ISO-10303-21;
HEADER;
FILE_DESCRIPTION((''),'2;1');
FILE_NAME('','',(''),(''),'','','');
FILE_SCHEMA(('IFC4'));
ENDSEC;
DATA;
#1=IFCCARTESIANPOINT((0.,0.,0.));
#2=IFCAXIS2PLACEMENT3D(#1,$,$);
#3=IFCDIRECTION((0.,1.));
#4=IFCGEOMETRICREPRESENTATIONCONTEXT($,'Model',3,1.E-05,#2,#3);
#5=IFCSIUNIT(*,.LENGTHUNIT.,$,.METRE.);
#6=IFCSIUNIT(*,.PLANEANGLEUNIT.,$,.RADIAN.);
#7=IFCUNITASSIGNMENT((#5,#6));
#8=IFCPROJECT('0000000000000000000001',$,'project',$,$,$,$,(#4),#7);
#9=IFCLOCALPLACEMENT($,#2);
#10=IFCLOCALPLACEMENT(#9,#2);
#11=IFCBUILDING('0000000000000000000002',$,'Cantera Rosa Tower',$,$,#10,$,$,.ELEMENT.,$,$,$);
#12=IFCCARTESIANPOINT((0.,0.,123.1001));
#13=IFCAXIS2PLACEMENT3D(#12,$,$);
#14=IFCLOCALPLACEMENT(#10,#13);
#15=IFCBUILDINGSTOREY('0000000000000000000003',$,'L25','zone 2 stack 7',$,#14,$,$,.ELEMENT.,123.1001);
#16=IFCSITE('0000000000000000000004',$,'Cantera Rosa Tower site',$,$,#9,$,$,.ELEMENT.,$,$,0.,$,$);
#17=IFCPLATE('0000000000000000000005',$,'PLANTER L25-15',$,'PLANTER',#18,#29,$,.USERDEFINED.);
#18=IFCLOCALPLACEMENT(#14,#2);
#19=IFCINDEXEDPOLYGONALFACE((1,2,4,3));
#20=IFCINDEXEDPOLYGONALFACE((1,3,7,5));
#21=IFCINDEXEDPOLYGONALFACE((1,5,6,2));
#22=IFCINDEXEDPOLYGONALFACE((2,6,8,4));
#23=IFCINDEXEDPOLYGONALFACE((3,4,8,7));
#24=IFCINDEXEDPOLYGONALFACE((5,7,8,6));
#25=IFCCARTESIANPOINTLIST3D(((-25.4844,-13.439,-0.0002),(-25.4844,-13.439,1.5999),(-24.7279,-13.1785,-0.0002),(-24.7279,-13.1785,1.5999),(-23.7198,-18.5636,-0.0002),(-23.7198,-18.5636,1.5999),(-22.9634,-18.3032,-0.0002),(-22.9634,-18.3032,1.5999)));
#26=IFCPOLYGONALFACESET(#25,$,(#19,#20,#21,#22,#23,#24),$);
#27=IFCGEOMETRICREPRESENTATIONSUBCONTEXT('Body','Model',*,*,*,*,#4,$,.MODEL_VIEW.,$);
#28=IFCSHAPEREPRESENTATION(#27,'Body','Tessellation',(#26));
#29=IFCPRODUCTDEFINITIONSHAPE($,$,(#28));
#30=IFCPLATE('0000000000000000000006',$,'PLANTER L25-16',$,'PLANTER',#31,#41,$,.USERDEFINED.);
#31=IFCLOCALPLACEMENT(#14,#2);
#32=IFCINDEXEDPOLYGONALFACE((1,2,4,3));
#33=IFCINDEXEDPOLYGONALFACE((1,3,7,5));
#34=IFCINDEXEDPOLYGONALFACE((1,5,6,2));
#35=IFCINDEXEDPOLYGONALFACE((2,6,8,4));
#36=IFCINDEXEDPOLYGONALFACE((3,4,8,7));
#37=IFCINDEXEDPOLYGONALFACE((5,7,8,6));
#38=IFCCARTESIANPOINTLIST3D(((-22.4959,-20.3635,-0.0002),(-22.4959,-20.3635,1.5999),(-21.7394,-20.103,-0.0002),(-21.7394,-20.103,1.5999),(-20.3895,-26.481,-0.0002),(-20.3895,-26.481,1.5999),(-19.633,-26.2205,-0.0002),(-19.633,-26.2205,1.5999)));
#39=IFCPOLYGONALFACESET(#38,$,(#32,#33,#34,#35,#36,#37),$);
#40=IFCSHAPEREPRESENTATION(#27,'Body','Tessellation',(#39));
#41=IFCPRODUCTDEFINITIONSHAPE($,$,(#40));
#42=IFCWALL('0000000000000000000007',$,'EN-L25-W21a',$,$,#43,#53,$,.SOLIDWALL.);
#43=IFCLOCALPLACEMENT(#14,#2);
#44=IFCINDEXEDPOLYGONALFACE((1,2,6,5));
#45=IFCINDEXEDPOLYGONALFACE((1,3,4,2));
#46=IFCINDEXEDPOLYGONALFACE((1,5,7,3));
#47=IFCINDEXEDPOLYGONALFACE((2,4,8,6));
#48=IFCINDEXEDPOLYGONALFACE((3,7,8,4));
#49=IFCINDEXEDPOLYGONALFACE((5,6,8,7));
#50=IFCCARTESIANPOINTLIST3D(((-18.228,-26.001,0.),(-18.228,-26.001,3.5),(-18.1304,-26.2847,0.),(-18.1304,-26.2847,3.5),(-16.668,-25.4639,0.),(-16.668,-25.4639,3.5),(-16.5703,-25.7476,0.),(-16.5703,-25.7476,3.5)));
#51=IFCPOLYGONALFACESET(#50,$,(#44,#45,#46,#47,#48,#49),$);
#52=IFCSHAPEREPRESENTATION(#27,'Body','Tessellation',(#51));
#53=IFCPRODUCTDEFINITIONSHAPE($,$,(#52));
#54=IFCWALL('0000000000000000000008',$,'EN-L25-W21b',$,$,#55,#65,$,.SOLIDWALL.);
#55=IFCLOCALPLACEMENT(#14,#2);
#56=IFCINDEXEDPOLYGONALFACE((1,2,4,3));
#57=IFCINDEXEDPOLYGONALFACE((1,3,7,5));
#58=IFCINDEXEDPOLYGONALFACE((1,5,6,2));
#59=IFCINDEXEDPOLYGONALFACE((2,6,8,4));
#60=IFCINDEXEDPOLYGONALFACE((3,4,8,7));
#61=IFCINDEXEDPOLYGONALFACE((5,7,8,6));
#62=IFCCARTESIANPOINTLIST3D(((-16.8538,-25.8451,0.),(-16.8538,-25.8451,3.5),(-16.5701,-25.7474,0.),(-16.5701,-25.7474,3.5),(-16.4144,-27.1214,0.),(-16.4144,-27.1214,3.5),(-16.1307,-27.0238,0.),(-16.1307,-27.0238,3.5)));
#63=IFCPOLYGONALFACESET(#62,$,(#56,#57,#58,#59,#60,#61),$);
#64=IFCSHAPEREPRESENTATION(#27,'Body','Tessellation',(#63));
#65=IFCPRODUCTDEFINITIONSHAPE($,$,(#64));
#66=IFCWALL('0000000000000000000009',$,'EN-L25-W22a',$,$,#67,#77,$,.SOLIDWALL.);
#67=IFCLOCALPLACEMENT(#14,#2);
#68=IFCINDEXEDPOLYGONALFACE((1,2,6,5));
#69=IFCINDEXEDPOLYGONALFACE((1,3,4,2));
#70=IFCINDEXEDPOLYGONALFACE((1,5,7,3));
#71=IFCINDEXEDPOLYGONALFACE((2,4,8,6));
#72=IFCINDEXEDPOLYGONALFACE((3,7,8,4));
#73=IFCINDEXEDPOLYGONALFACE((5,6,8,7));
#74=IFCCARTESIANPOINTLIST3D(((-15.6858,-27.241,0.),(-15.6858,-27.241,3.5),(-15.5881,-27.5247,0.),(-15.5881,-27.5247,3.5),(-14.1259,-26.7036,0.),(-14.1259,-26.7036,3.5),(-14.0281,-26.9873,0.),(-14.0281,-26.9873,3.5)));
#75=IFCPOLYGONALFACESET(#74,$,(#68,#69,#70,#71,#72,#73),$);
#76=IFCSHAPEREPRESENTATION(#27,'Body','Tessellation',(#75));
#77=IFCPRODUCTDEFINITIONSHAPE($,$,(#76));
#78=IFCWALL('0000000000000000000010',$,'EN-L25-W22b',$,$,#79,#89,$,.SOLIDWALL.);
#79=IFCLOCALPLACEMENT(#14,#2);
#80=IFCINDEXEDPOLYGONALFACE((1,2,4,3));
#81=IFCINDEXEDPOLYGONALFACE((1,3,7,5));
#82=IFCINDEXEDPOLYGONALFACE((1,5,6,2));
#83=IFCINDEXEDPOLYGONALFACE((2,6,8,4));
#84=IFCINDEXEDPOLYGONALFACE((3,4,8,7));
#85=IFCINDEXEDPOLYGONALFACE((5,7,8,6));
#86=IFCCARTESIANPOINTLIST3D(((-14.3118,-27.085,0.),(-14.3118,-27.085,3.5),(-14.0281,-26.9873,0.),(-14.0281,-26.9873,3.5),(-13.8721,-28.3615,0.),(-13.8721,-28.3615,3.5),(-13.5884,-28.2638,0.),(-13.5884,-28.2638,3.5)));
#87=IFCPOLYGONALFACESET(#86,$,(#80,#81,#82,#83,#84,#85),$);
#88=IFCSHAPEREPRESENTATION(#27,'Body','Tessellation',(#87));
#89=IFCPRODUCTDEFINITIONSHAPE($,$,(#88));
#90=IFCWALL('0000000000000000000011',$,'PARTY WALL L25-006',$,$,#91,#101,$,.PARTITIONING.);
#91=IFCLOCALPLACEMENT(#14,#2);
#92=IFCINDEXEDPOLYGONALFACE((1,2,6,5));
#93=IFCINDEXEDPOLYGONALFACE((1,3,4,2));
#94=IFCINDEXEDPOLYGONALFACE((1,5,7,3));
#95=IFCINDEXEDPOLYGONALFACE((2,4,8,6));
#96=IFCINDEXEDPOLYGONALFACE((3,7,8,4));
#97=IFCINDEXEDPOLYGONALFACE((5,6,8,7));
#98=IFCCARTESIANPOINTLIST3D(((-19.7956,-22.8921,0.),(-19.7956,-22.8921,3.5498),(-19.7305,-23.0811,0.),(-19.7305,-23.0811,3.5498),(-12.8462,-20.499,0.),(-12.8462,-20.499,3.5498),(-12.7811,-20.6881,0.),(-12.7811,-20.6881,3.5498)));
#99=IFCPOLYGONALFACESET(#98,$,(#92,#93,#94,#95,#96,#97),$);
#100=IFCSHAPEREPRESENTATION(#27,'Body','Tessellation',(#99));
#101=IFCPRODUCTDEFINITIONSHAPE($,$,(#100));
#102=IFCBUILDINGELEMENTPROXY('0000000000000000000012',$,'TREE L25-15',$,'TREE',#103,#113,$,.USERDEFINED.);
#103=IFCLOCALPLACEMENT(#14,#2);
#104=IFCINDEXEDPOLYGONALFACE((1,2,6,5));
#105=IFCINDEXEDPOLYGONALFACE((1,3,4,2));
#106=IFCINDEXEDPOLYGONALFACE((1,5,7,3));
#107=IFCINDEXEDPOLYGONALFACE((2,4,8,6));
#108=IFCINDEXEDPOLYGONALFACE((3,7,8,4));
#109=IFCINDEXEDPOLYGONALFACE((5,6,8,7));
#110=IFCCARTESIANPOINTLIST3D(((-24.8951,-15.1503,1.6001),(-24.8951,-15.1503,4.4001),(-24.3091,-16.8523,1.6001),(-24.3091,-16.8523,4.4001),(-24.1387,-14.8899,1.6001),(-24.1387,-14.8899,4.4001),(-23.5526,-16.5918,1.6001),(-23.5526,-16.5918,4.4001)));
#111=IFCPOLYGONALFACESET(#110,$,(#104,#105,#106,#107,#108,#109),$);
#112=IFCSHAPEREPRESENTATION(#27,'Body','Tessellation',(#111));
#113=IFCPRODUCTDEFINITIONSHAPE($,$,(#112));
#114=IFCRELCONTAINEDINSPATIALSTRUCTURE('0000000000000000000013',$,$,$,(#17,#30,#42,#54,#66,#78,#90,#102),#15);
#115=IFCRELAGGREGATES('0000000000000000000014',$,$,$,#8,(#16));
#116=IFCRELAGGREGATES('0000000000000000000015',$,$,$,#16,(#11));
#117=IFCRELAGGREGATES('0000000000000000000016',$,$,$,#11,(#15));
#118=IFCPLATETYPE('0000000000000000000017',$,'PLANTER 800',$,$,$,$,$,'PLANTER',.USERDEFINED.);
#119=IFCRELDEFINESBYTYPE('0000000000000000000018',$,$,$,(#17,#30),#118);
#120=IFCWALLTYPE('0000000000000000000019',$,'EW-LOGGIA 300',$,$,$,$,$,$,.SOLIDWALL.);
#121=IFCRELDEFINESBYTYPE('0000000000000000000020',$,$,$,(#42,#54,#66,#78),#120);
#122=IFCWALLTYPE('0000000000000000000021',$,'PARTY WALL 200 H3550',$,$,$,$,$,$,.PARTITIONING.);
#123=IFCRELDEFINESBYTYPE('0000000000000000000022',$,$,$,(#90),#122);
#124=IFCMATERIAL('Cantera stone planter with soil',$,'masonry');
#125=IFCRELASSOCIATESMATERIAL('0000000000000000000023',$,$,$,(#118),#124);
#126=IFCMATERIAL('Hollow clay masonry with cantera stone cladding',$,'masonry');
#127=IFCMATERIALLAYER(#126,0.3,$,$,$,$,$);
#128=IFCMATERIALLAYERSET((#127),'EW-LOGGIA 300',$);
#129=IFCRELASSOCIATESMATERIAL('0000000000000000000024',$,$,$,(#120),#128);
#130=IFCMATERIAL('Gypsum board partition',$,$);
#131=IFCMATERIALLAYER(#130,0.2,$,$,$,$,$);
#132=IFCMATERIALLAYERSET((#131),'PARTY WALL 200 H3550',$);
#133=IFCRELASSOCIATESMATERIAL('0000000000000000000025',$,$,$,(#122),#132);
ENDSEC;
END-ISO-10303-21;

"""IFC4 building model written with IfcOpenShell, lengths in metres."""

from ifc_helpers import new_model, si_unit, direction, frame, frame_2d, origin, origin_2d, place, context, subcontext, project, spatial, rectangle, extrude, material, layer, layer_set, type_object, element, save


model = new_model("IFC4")

# Units and contexts
model_context = context("Model", 3, precision=1e-05, world=origin(), true_north=direction((0.0, 1.0)))
body_context = subcontext(model_context, "Body", "Model", "MODEL_VIEW")
ifc_project = project(units=[si_unit("LENGTHUNIT", "METRE"), si_unit("PLANEANGLEUNIT", "RADIAN")], contexts=[model_context])

# Site, building, storey
site_placement = place(None, origin())
site = spatial("IfcSite", under=ifc_project, at=site_placement, Name="Cantera Rosa Tower site", CompositionType="ELEMENT", RefElevation=0.0)
building_placement = place(site_placement, origin())
building = spatial("IfcBuilding", under=site, at=building_placement, Name="Cantera Rosa Tower", CompositionType="ELEMENT")
storey_placement = place(building_placement, frame((0.0, 0.0, 123.1001)))
storey = spatial("IfcBuildingStorey", under=building, at=storey_placement, Name="L25", Description="zone 2 stack 7", CompositionType="ELEMENT", Elevation=123.1001)

# Plates
ifc_material_1 = material(Name="Cantera stone planter with soil", Category="masonry")
plate_type = type_object("IfcPlateType", Name="PLANTER 800", ElementType="PLANTER", PredefinedType="USERDEFINED", material=ifc_material_1)
plate_1_placement = place(storey_placement, frame((-24.2239, -15.8711, -0.0002), z_axis=(0.0, 0.0, 1.0), x_axis=(0.325568, -0.945519, 0.0)))
element("IfcPlate", 1, at=plate_1_placement, inside=storey, type_object=plate_type, Name="PLANTER L25-15", ObjectType="PLANTER", PredefinedType="USERDEFINED", context=body_context, shape_type="SweptSolid", body=[
    extrude(rectangle(XDim=5.4199, YDim=0.8, at=origin_2d()), origin(), (0.0, 0.0, 1.0), 1.6001),
])
plate_2_placement = place(storey_placement, frame((-21.0645, -23.292, -0.0002), z_axis=(0.0, 0.0, 1.0), x_axis=(0.325568, -0.945519, 0.0)))
element("IfcPlate", 2, at=plate_2_placement, inside=storey, type_object=plate_type, Name="PLANTER L25-16", ObjectType="PLANTER", PredefinedType="USERDEFINED", context=body_context, shape_type="SweptSolid", body=[
    extrude(rectangle(XDim=6.47, YDim=0.8, at=origin_2d()), origin(), (0.0, 0.0, 1.0), 1.6001),
])

# Walls
ifc_material_2 = material(Name="Hollow clay masonry with cantera stone cladding", Category="masonry")
ifc_layer_1 = layer(ifc_material_2, 0.3)
ifc_layer_set_1 = layer_set([ifc_layer_1], Name="EW-LOGGIA 300")
wall_type_1 = type_object("IfcWallType", Name="EW-LOGGIA 300", PredefinedType="SOLIDWALL", material=ifc_layer_set_1)
wall_1_placement = place(storey_placement, frame((-18.1792, -26.1428, 0.0), z_axis=(0.0, 0.0, 1.0), x_axis=(0.94553, 0.325535, 0.0)))
element("IfcWall", 3, at=wall_1_placement, inside=storey, type_object=wall_type_1, Name="EN-L25-W21a", PredefinedType="SOLIDWALL", context=body_context, shape_type="SweptSolid", body=[
    extrude(rectangle(XDim=1.6499, YDim=0.3, at=frame_2d((0.825, 0.0))), origin(), (0.0, 0.0, 1.0), 3.5),
])
wall_2_placement = place(storey_placement, frame((-16.7119, -25.7964, 0.0), z_axis=(0.0, 0.0, 1.0), x_axis=(0.325545, -0.945527, 0.0)))
element("IfcWall", 4, at=wall_2_placement, inside=storey, type_object=wall_type_1, Name="EN-L25-W21b", PredefinedType="SOLIDWALL", context=body_context, shape_type="SweptSolid", body=[
    extrude(rectangle(XDim=1.3499, YDim=0.3, at=frame_2d((0.6748, 0.0))), origin(), (0.0, 0.0, 1.0), 3.5),
])
wall_3_placement = place(storey_placement, frame((-15.637, -27.3828, 0.0), z_axis=(0.0, 0.0, 1.0), x_axis=(0.945485, 0.325667, 0.0)))
element("IfcWall", 5, at=wall_3_placement, inside=storey, type_object=wall_type_1, Name="EN-L25-W22a", PredefinedType="SOLIDWALL", context=body_context, shape_type="SweptSolid", body=[
    extrude(rectangle(XDim=1.6499, YDim=0.3, at=frame_2d((0.825, 0.0))), origin(), (0.0, 0.0, 1.0), 3.5),
])
wall_4_placement = place(storey_placement, frame((-14.1699, -27.0361, 0.0), z_axis=(0.0, 0.0, 1.0), x_axis=(0.325651, -0.94549, 0.0)))
element("IfcWall", 6, at=wall_4_placement, inside=storey, type_object=wall_type_1, Name="EN-L25-W22b", PredefinedType="SOLIDWALL", context=body_context, shape_type="SweptSolid", body=[
    extrude(rectangle(XDim=1.3501, YDim=0.3, at=frame_2d((0.675, 0.0))), origin(), (0.0, 0.0, 1.0), 3.5),
])

# Wall
ifc_material_3 = material(Name="Gypsum board partition")
ifc_layer_2 = layer(ifc_material_3, 0.2)
ifc_layer_set_2 = layer_set([ifc_layer_2], Name="PARTY WALL 200 H3550")
wall_type_2 = type_object("IfcWallType", Name="PARTY WALL 200 H3550", PredefinedType="PARTITIONING", material=ifc_layer_set_2)
wall_5_placement = place(storey_placement, frame((-19.7629, -22.9866, 0.0), z_axis=(0.0, 0.0, 1.0), x_axis=(0.945511, 0.325589, 0.0)))
element("IfcWall", 7, at=wall_5_placement, inside=storey, type_object=wall_type_2, Name="PARTY WALL L25-006", PredefinedType="PARTITIONING", context=body_context, shape_type="SweptSolid", body=[
    extrude(rectangle(XDim=7.3499, YDim=0.2, at=frame_2d((3.6748, 0.0))), origin(), (0.0, 0.0, 1.0), 3.5498),
])

# Building element proxy
proxy_placement = place(storey_placement, frame((-24.2239, -15.8711, 1.6001), z_axis=(0.0, 0.0, 1.0), x_axis=(0.325568, -0.945519, 0.0)))
element("IfcBuildingElementProxy", 8, at=proxy_placement, inside=storey, Name="TREE L25-15", ObjectType="TREE", PredefinedType="USERDEFINED", context=body_context, shape_type="SweptSolid", body=[
    extrude(rectangle(XDim=1.8, YDim=0.8, at=origin_2d()), origin(), (0.0, 0.0, 1.0), 2.8),
])

save(model, "model.ifc")
